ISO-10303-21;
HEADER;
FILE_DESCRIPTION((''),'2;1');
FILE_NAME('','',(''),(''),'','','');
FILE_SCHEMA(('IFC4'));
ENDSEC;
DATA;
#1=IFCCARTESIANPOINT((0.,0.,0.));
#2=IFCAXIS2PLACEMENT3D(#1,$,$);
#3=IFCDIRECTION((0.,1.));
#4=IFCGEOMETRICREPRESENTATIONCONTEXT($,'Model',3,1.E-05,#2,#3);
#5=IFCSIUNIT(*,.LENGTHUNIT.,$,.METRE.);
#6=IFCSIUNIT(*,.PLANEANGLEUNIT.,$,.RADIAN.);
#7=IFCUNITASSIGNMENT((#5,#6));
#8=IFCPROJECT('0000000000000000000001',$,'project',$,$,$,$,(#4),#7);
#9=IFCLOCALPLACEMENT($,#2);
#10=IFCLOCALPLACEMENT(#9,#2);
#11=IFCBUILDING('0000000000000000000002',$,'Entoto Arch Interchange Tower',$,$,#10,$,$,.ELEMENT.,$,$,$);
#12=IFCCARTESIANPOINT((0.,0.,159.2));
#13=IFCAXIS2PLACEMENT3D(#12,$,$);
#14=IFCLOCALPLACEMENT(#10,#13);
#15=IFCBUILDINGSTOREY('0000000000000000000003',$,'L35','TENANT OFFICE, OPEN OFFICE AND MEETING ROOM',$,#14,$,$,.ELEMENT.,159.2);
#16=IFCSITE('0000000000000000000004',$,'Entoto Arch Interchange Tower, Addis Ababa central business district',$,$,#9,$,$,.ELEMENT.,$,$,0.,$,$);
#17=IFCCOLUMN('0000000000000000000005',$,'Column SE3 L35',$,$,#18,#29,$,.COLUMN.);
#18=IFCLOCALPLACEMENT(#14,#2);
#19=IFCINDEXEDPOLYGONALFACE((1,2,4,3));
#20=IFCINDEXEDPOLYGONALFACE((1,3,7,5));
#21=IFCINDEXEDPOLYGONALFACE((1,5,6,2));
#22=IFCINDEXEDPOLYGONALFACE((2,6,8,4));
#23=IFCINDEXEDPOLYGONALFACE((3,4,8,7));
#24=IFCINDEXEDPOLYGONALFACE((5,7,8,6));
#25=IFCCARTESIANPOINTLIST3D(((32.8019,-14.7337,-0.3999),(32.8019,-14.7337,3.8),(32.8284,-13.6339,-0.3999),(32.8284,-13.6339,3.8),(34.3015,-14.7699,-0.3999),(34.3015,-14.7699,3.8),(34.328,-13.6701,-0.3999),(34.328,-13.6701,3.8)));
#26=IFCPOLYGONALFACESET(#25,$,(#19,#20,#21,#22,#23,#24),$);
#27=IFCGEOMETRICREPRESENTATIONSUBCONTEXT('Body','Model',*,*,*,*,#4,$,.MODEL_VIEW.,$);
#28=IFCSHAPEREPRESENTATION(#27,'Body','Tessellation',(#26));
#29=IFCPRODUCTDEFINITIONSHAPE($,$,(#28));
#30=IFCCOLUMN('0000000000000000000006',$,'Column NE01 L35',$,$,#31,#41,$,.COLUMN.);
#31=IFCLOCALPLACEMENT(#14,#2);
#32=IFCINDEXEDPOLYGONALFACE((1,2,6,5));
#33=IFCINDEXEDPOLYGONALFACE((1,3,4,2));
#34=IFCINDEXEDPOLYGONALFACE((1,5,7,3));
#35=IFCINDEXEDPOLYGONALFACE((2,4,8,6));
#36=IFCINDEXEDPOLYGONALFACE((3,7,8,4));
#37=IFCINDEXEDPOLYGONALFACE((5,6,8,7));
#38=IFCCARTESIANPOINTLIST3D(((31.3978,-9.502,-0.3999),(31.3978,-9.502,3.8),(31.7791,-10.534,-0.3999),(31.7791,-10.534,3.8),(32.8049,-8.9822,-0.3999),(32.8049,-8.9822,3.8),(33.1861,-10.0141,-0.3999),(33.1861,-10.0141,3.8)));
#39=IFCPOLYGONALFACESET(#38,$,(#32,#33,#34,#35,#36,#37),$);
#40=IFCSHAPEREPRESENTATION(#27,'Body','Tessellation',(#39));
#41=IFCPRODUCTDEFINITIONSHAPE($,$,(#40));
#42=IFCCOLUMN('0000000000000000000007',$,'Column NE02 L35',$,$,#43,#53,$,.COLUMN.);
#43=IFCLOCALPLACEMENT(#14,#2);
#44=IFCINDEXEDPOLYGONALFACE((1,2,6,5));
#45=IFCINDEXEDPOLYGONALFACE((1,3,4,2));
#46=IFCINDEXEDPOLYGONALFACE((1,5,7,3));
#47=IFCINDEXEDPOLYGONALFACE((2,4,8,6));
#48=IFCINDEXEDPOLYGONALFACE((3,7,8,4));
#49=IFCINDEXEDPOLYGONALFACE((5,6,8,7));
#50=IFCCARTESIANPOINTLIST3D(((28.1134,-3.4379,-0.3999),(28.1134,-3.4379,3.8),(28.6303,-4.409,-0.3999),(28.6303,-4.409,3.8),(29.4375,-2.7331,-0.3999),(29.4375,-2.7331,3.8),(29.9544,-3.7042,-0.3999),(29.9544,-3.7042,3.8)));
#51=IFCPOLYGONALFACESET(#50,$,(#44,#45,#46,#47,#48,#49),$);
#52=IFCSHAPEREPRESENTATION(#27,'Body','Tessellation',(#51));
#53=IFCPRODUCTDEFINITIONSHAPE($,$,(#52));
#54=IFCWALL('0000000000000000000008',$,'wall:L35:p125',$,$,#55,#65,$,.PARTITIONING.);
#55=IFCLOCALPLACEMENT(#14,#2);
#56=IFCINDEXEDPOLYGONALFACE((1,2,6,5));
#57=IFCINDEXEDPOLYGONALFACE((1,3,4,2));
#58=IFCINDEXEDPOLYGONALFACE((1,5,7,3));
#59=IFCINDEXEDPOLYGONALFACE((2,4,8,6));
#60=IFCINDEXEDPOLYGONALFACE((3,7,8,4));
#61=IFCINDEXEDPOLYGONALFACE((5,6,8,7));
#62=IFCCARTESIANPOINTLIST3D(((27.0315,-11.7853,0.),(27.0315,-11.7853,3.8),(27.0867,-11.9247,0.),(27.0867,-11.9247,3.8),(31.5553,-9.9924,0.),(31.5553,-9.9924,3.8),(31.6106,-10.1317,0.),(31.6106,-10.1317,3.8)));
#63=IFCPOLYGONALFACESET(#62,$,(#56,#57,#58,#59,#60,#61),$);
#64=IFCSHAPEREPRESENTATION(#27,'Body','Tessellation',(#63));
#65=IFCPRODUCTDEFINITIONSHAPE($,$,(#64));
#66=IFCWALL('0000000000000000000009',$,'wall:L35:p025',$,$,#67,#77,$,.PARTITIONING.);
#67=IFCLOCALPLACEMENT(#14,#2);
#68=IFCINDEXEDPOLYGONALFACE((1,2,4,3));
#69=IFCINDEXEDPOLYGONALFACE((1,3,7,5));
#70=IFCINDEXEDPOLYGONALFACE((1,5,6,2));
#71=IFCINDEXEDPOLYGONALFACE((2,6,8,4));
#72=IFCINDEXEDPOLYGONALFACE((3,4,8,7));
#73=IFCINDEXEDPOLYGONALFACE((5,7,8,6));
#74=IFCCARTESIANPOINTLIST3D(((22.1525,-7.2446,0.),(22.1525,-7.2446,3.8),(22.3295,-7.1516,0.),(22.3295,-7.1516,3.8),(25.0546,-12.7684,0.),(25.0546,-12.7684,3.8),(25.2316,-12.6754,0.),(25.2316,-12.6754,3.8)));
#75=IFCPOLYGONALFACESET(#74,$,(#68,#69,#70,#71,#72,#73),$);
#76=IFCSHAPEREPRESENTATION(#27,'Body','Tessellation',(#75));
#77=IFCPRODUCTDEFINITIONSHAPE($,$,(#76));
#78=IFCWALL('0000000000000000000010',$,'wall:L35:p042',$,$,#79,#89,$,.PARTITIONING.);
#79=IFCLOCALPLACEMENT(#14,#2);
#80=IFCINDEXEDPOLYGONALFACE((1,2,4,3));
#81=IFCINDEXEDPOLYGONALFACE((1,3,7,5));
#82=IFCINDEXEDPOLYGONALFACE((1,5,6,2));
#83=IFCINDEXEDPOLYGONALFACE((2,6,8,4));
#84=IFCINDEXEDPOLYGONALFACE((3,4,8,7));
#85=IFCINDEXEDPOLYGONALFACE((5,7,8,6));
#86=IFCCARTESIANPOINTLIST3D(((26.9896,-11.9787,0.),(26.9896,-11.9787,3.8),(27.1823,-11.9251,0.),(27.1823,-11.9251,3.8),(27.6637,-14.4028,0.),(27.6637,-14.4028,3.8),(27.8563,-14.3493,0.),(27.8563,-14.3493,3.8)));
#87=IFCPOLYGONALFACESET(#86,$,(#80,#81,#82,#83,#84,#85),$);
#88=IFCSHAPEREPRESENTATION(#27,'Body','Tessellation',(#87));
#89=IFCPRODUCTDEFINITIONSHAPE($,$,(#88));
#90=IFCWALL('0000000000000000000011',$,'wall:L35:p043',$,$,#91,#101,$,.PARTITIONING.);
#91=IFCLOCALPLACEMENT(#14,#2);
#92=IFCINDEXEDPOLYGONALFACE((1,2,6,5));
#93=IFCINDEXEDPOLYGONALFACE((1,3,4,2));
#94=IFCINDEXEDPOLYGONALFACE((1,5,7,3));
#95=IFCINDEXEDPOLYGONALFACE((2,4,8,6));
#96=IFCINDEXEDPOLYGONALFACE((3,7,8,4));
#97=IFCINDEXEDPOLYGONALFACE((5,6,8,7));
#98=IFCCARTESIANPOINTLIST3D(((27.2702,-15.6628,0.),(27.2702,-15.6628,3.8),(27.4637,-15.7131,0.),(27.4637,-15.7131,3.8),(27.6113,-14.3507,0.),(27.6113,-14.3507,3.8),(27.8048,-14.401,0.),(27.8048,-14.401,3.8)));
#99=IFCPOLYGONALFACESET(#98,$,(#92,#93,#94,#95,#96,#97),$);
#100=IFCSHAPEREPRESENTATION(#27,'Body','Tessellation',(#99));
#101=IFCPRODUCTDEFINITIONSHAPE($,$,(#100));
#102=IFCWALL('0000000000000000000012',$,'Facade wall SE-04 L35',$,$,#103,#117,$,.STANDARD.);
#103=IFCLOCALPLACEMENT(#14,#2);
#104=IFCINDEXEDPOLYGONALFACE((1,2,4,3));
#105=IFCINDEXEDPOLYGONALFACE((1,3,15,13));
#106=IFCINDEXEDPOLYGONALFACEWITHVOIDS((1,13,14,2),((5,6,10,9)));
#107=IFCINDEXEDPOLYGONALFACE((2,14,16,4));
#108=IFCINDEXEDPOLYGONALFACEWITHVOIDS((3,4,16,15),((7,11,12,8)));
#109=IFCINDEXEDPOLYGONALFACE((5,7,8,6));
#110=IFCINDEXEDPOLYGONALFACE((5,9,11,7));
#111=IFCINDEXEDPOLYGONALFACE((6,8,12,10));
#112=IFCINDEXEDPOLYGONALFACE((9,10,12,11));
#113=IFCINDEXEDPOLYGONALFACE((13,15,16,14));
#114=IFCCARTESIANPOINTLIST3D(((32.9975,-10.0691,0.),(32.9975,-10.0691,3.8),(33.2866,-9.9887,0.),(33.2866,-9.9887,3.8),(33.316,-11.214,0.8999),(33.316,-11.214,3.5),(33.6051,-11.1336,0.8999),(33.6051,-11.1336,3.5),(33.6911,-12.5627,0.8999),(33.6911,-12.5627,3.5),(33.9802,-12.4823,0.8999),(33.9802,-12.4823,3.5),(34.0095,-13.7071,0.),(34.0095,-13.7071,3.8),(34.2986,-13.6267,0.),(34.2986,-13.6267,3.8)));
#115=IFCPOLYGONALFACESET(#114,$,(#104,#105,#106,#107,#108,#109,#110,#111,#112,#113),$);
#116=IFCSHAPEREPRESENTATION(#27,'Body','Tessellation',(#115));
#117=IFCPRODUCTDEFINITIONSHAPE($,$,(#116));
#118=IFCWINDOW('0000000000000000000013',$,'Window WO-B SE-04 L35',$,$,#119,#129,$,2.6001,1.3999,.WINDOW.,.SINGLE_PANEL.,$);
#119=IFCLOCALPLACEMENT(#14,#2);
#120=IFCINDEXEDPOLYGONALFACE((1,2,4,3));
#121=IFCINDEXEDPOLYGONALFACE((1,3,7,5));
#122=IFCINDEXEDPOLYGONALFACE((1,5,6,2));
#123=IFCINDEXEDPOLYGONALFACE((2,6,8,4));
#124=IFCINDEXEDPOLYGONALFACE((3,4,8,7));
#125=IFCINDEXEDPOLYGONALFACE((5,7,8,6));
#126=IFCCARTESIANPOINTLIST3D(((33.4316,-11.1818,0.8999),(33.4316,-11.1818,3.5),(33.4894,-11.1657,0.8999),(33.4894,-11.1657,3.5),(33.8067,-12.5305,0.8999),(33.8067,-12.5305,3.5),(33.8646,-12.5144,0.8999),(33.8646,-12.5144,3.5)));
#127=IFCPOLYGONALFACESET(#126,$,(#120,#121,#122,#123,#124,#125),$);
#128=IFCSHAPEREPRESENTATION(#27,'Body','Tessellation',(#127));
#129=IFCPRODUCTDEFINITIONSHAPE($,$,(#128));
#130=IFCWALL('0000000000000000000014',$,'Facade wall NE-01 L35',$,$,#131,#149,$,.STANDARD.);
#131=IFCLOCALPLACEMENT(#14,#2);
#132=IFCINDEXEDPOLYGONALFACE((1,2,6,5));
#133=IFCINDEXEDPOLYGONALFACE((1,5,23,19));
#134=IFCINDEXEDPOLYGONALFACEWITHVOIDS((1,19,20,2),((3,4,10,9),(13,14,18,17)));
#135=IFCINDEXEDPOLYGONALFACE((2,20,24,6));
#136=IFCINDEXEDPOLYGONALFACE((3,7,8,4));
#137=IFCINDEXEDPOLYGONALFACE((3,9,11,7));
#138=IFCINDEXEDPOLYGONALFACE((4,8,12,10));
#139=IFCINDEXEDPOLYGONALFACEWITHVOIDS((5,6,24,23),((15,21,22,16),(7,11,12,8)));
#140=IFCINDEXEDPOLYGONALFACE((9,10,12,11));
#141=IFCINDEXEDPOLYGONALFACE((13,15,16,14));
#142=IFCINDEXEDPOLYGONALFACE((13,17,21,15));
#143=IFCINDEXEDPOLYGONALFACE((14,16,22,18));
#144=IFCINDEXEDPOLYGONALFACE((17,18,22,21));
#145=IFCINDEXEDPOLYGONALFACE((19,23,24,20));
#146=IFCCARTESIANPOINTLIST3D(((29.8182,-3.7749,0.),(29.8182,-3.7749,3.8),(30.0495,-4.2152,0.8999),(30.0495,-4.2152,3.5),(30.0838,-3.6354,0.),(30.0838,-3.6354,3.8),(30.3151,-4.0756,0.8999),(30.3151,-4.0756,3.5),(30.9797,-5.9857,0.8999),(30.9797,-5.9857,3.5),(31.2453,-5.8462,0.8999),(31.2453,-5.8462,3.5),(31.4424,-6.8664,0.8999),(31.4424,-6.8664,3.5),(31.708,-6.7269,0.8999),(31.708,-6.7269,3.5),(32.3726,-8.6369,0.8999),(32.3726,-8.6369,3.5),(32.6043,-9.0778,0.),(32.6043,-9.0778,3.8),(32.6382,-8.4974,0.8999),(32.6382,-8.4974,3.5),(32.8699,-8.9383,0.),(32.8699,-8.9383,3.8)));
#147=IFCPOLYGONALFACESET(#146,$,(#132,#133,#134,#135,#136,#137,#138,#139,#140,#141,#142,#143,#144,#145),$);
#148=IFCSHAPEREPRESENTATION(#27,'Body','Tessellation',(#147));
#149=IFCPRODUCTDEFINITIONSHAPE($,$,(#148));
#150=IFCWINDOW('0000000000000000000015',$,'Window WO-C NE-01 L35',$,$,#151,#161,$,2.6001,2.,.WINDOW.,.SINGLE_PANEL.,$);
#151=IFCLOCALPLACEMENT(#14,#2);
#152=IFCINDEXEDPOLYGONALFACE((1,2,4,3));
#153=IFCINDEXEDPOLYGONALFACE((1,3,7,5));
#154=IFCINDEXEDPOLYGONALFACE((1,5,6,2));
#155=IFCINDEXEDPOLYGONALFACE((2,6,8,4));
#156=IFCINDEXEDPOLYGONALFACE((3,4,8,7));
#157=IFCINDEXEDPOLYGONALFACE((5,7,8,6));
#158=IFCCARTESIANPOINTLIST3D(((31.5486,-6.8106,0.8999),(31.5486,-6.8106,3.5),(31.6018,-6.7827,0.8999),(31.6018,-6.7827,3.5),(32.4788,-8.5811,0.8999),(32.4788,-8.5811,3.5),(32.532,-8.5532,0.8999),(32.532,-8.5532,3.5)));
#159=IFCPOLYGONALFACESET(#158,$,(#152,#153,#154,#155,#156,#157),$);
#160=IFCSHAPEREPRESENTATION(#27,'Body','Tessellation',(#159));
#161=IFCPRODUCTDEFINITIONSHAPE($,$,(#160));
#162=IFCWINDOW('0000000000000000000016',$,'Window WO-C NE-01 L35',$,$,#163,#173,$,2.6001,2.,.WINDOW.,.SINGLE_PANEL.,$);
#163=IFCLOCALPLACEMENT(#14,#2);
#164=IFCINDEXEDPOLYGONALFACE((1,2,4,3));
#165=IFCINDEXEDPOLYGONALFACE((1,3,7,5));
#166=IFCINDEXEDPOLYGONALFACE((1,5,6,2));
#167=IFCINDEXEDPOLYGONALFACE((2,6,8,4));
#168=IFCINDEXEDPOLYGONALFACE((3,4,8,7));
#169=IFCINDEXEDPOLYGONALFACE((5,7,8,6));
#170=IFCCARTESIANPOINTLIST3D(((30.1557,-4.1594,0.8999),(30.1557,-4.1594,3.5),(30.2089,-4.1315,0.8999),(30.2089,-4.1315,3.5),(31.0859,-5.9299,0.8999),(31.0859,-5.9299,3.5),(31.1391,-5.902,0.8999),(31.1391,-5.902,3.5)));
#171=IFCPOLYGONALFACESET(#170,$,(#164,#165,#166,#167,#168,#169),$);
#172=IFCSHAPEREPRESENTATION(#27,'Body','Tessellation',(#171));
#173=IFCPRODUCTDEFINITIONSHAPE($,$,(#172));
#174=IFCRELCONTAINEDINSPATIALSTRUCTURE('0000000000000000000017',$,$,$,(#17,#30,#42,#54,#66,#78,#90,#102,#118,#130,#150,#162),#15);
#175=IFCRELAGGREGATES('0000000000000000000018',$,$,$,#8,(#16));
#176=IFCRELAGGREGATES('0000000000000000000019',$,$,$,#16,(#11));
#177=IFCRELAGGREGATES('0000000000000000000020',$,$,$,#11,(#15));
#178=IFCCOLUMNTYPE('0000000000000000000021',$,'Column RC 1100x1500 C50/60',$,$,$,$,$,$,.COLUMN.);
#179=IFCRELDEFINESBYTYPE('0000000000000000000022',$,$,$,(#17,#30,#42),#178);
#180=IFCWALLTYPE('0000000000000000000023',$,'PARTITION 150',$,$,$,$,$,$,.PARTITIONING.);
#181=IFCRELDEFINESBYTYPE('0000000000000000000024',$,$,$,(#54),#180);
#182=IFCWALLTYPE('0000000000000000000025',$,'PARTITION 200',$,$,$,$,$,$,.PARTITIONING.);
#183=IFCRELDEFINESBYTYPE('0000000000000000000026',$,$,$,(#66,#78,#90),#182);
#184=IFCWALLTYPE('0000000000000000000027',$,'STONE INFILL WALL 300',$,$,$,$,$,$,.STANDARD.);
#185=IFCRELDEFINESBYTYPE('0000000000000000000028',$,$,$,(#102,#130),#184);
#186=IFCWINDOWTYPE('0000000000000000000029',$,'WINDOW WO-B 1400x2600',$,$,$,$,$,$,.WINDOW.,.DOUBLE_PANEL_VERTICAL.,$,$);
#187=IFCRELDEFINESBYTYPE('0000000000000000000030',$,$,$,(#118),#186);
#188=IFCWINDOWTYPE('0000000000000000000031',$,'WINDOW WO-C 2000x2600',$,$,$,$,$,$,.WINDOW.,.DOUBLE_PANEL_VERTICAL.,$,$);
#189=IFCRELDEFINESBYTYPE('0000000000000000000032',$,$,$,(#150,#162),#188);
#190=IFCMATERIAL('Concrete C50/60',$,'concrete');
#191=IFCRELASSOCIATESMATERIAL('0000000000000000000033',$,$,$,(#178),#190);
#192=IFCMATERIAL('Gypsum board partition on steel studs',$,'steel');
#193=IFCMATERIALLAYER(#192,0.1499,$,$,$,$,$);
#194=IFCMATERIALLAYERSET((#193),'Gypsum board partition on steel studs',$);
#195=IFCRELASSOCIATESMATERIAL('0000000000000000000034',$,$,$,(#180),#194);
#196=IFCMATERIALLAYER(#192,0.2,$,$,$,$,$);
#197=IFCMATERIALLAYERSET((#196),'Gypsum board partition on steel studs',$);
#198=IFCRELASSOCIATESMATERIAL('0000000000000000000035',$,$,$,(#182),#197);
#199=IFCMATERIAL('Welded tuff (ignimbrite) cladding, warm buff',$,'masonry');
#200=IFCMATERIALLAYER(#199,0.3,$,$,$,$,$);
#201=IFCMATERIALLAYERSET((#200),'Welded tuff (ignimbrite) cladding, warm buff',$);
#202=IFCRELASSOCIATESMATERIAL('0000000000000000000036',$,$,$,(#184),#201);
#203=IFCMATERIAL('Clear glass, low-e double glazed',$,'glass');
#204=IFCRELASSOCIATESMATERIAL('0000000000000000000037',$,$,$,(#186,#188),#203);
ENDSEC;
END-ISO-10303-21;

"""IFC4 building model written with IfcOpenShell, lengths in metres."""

from ifc_helpers import new_model, si_unit, direction, frame, frame_2d, origin, origin_2d, place, context, subcontext, project, spatial, rectangle, extrude, material, layer, layer_set, material_profile, profile_set, type_object, element, fill, save


model = new_model("IFC4")

# Units and contexts
model_context = context("Model", 3, precision=1e-05, world=origin(), true_north=direction((0.0, 1.0)))
body_context = subcontext(model_context, "Body", "Model", "MODEL_VIEW")
ifc_project = project(units=[si_unit("LENGTHUNIT", "METRE"), si_unit("PLANEANGLEUNIT", "RADIAN")], contexts=[model_context])

# Site, building, storey
site_placement = place(None, origin())
site = spatial("IfcSite", under=ifc_project, at=site_placement, Name="Entoto Arch Interchange Tower, Addis Ababa central business district", CompositionType="ELEMENT", RefElevation=0.0)
building_placement = place(site_placement, origin())
building = spatial("IfcBuilding", under=site, at=building_placement, Name="Entoto Arch Interchange Tower", CompositionType="ELEMENT")
storey_placement = place(building_placement, frame((0.0, 0.0, 159.2)))
storey = spatial("IfcBuildingStorey", under=building, at=storey_placement, Name="L35", Description="TENANT OFFICE, OPEN OFFICE AND MEETING ROOM", CompositionType="ELEMENT", Elevation=159.2)

# Columns
ifc_material_1 = material(Name="Concrete C50/60", Category="concrete")
ifc_material_profile = material_profile(ifc_material_1, rectangle(XDim=1.1001, YDim=1.5, at=origin_2d()))
ifc_profile_set = profile_set([ifc_material_profile], Name="Concrete C50/60")
column_type = type_object("IfcColumnType", Name="Column RC 1100x1500 C50/60", PredefinedType="COLUMN", material=ifc_profile_set)
for number, where, z_axis, x_axis, name in (
    (1, (33.5649, -14.2019, -0.3999), (0.0, 0.0, 1.0), (0.024118, 0.999709, 0.0), "Column SE3 L35"),
    (2, (32.292, -9.7581, -0.3999), (0.0, 0.0, 1.0), (-0.346592, 0.938016, 0.0), "Column NE01 L35"),
    (3, (29.0339, -3.571, -0.3999), (0.0, 0.0, 1.0), (-0.469857, 0.882743, 0.0), "Column NE02 L35"),
):
    element("IfcColumn", number, at=place(storey_placement, frame(where, z_axis=z_axis, x_axis=x_axis)), inside=storey, type_object=column_type, Name=name, PredefinedType="COLUMN", context=body_context, shape_type="SweptSolid", body=[
        extrude(rectangle(XDim=1.1001, YDim=1.5, at=origin_2d()), origin(), (0.0, 0.0, 1.0), 4.2),
    ])

# Walls
ifc_material_2 = material(Name="Gypsum board partition on steel studs", Category="steel")
ifc_layer_1 = layer(ifc_material_2, 0.1499)
ifc_layer_set_1 = layer_set([ifc_layer_1], Name="Gypsum board partition on steel studs")
wall_type_1 = type_object("IfcWallType", Name="PARTITION 150", PredefinedType="PARTITIONING", material=ifc_layer_set_1)
wall_1_placement = place(storey_placement, frame((27.0591, -11.855, 0.0), z_axis=(0.0, 0.0, 1.0), x_axis=(0.929648, 0.368448, 0.0)))
element("IfcWall", 4, at=wall_1_placement, inside=storey, type_object=wall_type_1, Name="wall:L35:p125", PredefinedType="PARTITIONING", context=body_context, shape_type="SweptSolid", body=[
    extrude(rectangle(XDim=4.8662, YDim=0.1499, at=frame_2d((2.4331, 0.0))), origin(), (0.0, 0.0, 1.0), 3.8),
])
ifc_layer_2 = layer(ifc_material_2, 0.2)
ifc_layer_set_2 = layer_set([ifc_layer_2], Name="Gypsum board partition on steel studs")
wall_type_2 = type_object("IfcWallType", Name="PARTITION 200", PredefinedType="PARTITIONING", material=ifc_layer_set_2)
wall_2_placement = place(storey_placement, frame((25.1431, -12.7219, 0.0), z_axis=(0.0, 0.0, 1.0), x_axis=(-0.46509, 0.885263, 0.0)))
element("IfcWall", 5, at=wall_2_placement, inside=storey, type_object=wall_type_2, Name="wall:L35:p025", PredefinedType="PARTITIONING", context=body_context, shape_type="SweptSolid", body=[
    extrude(rectangle(XDim=6.2397, YDim=0.2, at=frame_2d((3.1199, 0.0))), origin(), (0.0, 0.0, 1.0), 3.8),
])
wall_3_placement = place(storey_placement, frame((27.0859, -11.9519, 0.0), z_axis=(0.0, 0.0, 1.0), x_axis=(0.267909, -0.963444, 0.0)))
element("IfcWall", 6, at=wall_3_placement, inside=storey, type_object=wall_type_2, Name="wall:L35:p042", PredefinedType="PARTITIONING", context=body_context, shape_type="SweptSolid", body=[
    extrude(rectangle(XDim=2.5161, YDim=0.2, at=frame_2d((1.2581, 0.0))), origin(), (0.0, 0.0, 1.0), 3.8),
])
wall_4_placement = place(storey_placement, frame((27.708, -14.376, 0.0), z_axis=(0.0, 0.0, 1.0), x_axis=(-0.251593, -0.967833, 0.0)))
element("IfcWall", 7, at=wall_4_placement, inside=storey, type_object=wall_type_2, Name="wall:L35:p043", PredefinedType="PARTITIONING", context=body_context, shape_type="SweptSolid", body=[
    extrude(rectangle(XDim=1.3557, YDim=0.2, at=frame_2d((0.6777, 0.0))), origin(), (0.0, 0.0, 1.0), 3.8),
])

# Wall, opening, window
ifc_material_3 = material(Name="Welded tuff (ignimbrite) cladding, warm buff", Category="masonry")
ifc_layer_3 = layer(ifc_material_3, 0.3)
ifc_layer_set_3 = layer_set([ifc_layer_3], Name="Welded tuff (ignimbrite) cladding, warm buff")
wall_type_3 = type_object("IfcWallType", Name="STONE INFILL WALL 300", PredefinedType="STANDARD", material=ifc_layer_set_3)
wall_5_placement = place(storey_placement, frame((34.1541, -13.667, 0.0), z_axis=(0.0, 0.0, 1.0), x_axis=(-0.267994, 0.963421, 0.0)))
wall_5 = element("IfcWall", 8, at=wall_5_placement, inside=storey, type_object=wall_type_3, Name="Facade wall SE-04 L35", PredefinedType="STANDARD", context=body_context, shape_type="SweptSolid", body=[
    extrude(rectangle(XDim=3.7761, YDim=0.3, at=frame_2d((1.8882, 0.0))), origin(), (0.0, 0.0, 1.0), 3.8),
])
opening_1_placement = place(wall_5_placement, frame((1.188, 0.0, 0.8999)))
opening_1 = element("IfcOpeningElement", 9, at=opening_1_placement, cuts=wall_5, PredefinedType="OPENING", context=body_context, shape_type="SweptSolid", body=[
    extrude(rectangle(XDim=1.3999, YDim=2.6001, at=frame_2d((0.7, 1.3))), frame((0.0, 0.1602, 0.0), z_axis=(0.0, -1.0, 0.0), x_axis=(1.0, 0.0, 0.0)), (0.0, 0.0, 1.0), 0.3201),
])
ifc_material_4 = material(Name="Clear glass, low-e double glazed", Category="glass")
window_type_1 = type_object("IfcWindowType", Name="WINDOW WO-B 1400x2600", PartitioningType="DOUBLE_PANEL_VERTICAL", PredefinedType="WINDOW", material=ifc_material_4)
window_1_placement = place(opening_1_placement, origin())
window_1 = element("IfcWindow", 10, at=window_1_placement, inside=storey, type_object=window_type_1, Name="Window WO-B SE-04 L35", OverallHeight=2.6001, OverallWidth=1.3999, PartitioningType="SINGLE_PANEL", PredefinedType="WINDOW", context=body_context, shape_type="SweptSolid", body=[
    extrude(rectangle(XDim=1.3999, YDim=2.6001, at=frame_2d((0.7, 1.3))), frame((0.0, 0.03, 0.0), z_axis=(0.0, -1.0, 0.0), x_axis=(1.0, 0.0, 0.0)), (0.0, 0.0, 1.0), 0.0601),
])
fill(opening_1, window_1)

# Wall, openings, windows
wall_6_placement = place(storey_placement, frame((32.7371, -9.0081, 0.0), z_axis=(0.0, 0.0, 1.0), x_axis=(-0.465105, 0.885256, 0.0)))
wall_6 = element("IfcWall", 11, at=wall_6_placement, inside=storey, type_object=wall_type_3, Name="Facade wall NE-01 L35", PredefinedType="STANDARD", context=body_context, shape_type="SweptSolid", body=[
    extrude(rectangle(XDim=5.9902, YDim=0.3, at=frame_2d((2.9951, 0.0))), origin(), (0.0, 0.0, 1.0), 3.8),
])
opening_2_placement = place(wall_6_placement, frame((0.498, 0.0, 0.8999)))
opening_2 = element("IfcOpeningElement", 12, at=opening_2_placement, cuts=wall_6, PredefinedType="OPENING", context=body_context, shape_type="SweptSolid", body=[
    extrude(rectangle(XDim=2.0, YDim=2.6001, at=frame_2d((1.0, 1.3))), frame((0.0, 0.1602, 0.0), z_axis=(0.0, -1.0, 0.0), x_axis=(1.0, 0.0, 0.0)), (0.0, 0.0, 1.0), 0.3201),
])
opening_3_placement = place(wall_6_placement, frame((3.4929, 0.0, 0.8999)))
opening_3 = element("IfcOpeningElement", 13, at=opening_3_placement, cuts=wall_6, PredefinedType="OPENING", context=body_context, shape_type="SweptSolid", body=[
    extrude(rectangle(XDim=2.0, YDim=2.6001, at=frame_2d((1.0, 1.3))), frame((0.0, 0.1602, 0.0), z_axis=(0.0, -1.0, 0.0), x_axis=(1.0, 0.0, 0.0)), (0.0, 0.0, 1.0), 0.3201),
])
window_type_2 = type_object("IfcWindowType", Name="WINDOW WO-C 2000x2600", PartitioningType="DOUBLE_PANEL_VERTICAL", PredefinedType="WINDOW", material=ifc_material_4)
window_2_placement = place(opening_2_placement, origin())
window_2 = element("IfcWindow", 14, at=window_2_placement, inside=storey, type_object=window_type_2, Name="Window WO-C NE-01 L35", OverallHeight=2.6001, OverallWidth=2.0, PartitioningType="SINGLE_PANEL", PredefinedType="WINDOW", context=body_context, shape_type="SweptSolid", body=[
    extrude(rectangle(XDim=2.0, YDim=2.6001, at=frame_2d((1.0, 1.3))), frame((0.0, 0.03, 0.0), z_axis=(0.0, -1.0, 0.0), x_axis=(1.0, 0.0, 0.0)), (0.0, 0.0, 1.0), 0.0601),
])
fill(opening_2, window_2)
window_3_placement = place(opening_3_placement, origin())
window_3 = element("IfcWindow", 15, at=window_3_placement, inside=storey, type_object=window_type_2, Name="Window WO-C NE-01 L35", OverallHeight=2.6001, OverallWidth=2.0, PartitioningType="SINGLE_PANEL", PredefinedType="WINDOW", context=body_context, shape_type="SweptSolid", body=[
    extrude(rectangle(XDim=2.0, YDim=2.6001, at=frame_2d((1.0, 1.3))), frame((0.0, 0.03, 0.0), z_axis=(0.0, -1.0, 0.0), x_axis=(1.0, 0.0, 0.0)), (0.0, 0.0, 1.0), 0.0601),
])
fill(opening_3, window_3)

save(model, "model.ifc")
